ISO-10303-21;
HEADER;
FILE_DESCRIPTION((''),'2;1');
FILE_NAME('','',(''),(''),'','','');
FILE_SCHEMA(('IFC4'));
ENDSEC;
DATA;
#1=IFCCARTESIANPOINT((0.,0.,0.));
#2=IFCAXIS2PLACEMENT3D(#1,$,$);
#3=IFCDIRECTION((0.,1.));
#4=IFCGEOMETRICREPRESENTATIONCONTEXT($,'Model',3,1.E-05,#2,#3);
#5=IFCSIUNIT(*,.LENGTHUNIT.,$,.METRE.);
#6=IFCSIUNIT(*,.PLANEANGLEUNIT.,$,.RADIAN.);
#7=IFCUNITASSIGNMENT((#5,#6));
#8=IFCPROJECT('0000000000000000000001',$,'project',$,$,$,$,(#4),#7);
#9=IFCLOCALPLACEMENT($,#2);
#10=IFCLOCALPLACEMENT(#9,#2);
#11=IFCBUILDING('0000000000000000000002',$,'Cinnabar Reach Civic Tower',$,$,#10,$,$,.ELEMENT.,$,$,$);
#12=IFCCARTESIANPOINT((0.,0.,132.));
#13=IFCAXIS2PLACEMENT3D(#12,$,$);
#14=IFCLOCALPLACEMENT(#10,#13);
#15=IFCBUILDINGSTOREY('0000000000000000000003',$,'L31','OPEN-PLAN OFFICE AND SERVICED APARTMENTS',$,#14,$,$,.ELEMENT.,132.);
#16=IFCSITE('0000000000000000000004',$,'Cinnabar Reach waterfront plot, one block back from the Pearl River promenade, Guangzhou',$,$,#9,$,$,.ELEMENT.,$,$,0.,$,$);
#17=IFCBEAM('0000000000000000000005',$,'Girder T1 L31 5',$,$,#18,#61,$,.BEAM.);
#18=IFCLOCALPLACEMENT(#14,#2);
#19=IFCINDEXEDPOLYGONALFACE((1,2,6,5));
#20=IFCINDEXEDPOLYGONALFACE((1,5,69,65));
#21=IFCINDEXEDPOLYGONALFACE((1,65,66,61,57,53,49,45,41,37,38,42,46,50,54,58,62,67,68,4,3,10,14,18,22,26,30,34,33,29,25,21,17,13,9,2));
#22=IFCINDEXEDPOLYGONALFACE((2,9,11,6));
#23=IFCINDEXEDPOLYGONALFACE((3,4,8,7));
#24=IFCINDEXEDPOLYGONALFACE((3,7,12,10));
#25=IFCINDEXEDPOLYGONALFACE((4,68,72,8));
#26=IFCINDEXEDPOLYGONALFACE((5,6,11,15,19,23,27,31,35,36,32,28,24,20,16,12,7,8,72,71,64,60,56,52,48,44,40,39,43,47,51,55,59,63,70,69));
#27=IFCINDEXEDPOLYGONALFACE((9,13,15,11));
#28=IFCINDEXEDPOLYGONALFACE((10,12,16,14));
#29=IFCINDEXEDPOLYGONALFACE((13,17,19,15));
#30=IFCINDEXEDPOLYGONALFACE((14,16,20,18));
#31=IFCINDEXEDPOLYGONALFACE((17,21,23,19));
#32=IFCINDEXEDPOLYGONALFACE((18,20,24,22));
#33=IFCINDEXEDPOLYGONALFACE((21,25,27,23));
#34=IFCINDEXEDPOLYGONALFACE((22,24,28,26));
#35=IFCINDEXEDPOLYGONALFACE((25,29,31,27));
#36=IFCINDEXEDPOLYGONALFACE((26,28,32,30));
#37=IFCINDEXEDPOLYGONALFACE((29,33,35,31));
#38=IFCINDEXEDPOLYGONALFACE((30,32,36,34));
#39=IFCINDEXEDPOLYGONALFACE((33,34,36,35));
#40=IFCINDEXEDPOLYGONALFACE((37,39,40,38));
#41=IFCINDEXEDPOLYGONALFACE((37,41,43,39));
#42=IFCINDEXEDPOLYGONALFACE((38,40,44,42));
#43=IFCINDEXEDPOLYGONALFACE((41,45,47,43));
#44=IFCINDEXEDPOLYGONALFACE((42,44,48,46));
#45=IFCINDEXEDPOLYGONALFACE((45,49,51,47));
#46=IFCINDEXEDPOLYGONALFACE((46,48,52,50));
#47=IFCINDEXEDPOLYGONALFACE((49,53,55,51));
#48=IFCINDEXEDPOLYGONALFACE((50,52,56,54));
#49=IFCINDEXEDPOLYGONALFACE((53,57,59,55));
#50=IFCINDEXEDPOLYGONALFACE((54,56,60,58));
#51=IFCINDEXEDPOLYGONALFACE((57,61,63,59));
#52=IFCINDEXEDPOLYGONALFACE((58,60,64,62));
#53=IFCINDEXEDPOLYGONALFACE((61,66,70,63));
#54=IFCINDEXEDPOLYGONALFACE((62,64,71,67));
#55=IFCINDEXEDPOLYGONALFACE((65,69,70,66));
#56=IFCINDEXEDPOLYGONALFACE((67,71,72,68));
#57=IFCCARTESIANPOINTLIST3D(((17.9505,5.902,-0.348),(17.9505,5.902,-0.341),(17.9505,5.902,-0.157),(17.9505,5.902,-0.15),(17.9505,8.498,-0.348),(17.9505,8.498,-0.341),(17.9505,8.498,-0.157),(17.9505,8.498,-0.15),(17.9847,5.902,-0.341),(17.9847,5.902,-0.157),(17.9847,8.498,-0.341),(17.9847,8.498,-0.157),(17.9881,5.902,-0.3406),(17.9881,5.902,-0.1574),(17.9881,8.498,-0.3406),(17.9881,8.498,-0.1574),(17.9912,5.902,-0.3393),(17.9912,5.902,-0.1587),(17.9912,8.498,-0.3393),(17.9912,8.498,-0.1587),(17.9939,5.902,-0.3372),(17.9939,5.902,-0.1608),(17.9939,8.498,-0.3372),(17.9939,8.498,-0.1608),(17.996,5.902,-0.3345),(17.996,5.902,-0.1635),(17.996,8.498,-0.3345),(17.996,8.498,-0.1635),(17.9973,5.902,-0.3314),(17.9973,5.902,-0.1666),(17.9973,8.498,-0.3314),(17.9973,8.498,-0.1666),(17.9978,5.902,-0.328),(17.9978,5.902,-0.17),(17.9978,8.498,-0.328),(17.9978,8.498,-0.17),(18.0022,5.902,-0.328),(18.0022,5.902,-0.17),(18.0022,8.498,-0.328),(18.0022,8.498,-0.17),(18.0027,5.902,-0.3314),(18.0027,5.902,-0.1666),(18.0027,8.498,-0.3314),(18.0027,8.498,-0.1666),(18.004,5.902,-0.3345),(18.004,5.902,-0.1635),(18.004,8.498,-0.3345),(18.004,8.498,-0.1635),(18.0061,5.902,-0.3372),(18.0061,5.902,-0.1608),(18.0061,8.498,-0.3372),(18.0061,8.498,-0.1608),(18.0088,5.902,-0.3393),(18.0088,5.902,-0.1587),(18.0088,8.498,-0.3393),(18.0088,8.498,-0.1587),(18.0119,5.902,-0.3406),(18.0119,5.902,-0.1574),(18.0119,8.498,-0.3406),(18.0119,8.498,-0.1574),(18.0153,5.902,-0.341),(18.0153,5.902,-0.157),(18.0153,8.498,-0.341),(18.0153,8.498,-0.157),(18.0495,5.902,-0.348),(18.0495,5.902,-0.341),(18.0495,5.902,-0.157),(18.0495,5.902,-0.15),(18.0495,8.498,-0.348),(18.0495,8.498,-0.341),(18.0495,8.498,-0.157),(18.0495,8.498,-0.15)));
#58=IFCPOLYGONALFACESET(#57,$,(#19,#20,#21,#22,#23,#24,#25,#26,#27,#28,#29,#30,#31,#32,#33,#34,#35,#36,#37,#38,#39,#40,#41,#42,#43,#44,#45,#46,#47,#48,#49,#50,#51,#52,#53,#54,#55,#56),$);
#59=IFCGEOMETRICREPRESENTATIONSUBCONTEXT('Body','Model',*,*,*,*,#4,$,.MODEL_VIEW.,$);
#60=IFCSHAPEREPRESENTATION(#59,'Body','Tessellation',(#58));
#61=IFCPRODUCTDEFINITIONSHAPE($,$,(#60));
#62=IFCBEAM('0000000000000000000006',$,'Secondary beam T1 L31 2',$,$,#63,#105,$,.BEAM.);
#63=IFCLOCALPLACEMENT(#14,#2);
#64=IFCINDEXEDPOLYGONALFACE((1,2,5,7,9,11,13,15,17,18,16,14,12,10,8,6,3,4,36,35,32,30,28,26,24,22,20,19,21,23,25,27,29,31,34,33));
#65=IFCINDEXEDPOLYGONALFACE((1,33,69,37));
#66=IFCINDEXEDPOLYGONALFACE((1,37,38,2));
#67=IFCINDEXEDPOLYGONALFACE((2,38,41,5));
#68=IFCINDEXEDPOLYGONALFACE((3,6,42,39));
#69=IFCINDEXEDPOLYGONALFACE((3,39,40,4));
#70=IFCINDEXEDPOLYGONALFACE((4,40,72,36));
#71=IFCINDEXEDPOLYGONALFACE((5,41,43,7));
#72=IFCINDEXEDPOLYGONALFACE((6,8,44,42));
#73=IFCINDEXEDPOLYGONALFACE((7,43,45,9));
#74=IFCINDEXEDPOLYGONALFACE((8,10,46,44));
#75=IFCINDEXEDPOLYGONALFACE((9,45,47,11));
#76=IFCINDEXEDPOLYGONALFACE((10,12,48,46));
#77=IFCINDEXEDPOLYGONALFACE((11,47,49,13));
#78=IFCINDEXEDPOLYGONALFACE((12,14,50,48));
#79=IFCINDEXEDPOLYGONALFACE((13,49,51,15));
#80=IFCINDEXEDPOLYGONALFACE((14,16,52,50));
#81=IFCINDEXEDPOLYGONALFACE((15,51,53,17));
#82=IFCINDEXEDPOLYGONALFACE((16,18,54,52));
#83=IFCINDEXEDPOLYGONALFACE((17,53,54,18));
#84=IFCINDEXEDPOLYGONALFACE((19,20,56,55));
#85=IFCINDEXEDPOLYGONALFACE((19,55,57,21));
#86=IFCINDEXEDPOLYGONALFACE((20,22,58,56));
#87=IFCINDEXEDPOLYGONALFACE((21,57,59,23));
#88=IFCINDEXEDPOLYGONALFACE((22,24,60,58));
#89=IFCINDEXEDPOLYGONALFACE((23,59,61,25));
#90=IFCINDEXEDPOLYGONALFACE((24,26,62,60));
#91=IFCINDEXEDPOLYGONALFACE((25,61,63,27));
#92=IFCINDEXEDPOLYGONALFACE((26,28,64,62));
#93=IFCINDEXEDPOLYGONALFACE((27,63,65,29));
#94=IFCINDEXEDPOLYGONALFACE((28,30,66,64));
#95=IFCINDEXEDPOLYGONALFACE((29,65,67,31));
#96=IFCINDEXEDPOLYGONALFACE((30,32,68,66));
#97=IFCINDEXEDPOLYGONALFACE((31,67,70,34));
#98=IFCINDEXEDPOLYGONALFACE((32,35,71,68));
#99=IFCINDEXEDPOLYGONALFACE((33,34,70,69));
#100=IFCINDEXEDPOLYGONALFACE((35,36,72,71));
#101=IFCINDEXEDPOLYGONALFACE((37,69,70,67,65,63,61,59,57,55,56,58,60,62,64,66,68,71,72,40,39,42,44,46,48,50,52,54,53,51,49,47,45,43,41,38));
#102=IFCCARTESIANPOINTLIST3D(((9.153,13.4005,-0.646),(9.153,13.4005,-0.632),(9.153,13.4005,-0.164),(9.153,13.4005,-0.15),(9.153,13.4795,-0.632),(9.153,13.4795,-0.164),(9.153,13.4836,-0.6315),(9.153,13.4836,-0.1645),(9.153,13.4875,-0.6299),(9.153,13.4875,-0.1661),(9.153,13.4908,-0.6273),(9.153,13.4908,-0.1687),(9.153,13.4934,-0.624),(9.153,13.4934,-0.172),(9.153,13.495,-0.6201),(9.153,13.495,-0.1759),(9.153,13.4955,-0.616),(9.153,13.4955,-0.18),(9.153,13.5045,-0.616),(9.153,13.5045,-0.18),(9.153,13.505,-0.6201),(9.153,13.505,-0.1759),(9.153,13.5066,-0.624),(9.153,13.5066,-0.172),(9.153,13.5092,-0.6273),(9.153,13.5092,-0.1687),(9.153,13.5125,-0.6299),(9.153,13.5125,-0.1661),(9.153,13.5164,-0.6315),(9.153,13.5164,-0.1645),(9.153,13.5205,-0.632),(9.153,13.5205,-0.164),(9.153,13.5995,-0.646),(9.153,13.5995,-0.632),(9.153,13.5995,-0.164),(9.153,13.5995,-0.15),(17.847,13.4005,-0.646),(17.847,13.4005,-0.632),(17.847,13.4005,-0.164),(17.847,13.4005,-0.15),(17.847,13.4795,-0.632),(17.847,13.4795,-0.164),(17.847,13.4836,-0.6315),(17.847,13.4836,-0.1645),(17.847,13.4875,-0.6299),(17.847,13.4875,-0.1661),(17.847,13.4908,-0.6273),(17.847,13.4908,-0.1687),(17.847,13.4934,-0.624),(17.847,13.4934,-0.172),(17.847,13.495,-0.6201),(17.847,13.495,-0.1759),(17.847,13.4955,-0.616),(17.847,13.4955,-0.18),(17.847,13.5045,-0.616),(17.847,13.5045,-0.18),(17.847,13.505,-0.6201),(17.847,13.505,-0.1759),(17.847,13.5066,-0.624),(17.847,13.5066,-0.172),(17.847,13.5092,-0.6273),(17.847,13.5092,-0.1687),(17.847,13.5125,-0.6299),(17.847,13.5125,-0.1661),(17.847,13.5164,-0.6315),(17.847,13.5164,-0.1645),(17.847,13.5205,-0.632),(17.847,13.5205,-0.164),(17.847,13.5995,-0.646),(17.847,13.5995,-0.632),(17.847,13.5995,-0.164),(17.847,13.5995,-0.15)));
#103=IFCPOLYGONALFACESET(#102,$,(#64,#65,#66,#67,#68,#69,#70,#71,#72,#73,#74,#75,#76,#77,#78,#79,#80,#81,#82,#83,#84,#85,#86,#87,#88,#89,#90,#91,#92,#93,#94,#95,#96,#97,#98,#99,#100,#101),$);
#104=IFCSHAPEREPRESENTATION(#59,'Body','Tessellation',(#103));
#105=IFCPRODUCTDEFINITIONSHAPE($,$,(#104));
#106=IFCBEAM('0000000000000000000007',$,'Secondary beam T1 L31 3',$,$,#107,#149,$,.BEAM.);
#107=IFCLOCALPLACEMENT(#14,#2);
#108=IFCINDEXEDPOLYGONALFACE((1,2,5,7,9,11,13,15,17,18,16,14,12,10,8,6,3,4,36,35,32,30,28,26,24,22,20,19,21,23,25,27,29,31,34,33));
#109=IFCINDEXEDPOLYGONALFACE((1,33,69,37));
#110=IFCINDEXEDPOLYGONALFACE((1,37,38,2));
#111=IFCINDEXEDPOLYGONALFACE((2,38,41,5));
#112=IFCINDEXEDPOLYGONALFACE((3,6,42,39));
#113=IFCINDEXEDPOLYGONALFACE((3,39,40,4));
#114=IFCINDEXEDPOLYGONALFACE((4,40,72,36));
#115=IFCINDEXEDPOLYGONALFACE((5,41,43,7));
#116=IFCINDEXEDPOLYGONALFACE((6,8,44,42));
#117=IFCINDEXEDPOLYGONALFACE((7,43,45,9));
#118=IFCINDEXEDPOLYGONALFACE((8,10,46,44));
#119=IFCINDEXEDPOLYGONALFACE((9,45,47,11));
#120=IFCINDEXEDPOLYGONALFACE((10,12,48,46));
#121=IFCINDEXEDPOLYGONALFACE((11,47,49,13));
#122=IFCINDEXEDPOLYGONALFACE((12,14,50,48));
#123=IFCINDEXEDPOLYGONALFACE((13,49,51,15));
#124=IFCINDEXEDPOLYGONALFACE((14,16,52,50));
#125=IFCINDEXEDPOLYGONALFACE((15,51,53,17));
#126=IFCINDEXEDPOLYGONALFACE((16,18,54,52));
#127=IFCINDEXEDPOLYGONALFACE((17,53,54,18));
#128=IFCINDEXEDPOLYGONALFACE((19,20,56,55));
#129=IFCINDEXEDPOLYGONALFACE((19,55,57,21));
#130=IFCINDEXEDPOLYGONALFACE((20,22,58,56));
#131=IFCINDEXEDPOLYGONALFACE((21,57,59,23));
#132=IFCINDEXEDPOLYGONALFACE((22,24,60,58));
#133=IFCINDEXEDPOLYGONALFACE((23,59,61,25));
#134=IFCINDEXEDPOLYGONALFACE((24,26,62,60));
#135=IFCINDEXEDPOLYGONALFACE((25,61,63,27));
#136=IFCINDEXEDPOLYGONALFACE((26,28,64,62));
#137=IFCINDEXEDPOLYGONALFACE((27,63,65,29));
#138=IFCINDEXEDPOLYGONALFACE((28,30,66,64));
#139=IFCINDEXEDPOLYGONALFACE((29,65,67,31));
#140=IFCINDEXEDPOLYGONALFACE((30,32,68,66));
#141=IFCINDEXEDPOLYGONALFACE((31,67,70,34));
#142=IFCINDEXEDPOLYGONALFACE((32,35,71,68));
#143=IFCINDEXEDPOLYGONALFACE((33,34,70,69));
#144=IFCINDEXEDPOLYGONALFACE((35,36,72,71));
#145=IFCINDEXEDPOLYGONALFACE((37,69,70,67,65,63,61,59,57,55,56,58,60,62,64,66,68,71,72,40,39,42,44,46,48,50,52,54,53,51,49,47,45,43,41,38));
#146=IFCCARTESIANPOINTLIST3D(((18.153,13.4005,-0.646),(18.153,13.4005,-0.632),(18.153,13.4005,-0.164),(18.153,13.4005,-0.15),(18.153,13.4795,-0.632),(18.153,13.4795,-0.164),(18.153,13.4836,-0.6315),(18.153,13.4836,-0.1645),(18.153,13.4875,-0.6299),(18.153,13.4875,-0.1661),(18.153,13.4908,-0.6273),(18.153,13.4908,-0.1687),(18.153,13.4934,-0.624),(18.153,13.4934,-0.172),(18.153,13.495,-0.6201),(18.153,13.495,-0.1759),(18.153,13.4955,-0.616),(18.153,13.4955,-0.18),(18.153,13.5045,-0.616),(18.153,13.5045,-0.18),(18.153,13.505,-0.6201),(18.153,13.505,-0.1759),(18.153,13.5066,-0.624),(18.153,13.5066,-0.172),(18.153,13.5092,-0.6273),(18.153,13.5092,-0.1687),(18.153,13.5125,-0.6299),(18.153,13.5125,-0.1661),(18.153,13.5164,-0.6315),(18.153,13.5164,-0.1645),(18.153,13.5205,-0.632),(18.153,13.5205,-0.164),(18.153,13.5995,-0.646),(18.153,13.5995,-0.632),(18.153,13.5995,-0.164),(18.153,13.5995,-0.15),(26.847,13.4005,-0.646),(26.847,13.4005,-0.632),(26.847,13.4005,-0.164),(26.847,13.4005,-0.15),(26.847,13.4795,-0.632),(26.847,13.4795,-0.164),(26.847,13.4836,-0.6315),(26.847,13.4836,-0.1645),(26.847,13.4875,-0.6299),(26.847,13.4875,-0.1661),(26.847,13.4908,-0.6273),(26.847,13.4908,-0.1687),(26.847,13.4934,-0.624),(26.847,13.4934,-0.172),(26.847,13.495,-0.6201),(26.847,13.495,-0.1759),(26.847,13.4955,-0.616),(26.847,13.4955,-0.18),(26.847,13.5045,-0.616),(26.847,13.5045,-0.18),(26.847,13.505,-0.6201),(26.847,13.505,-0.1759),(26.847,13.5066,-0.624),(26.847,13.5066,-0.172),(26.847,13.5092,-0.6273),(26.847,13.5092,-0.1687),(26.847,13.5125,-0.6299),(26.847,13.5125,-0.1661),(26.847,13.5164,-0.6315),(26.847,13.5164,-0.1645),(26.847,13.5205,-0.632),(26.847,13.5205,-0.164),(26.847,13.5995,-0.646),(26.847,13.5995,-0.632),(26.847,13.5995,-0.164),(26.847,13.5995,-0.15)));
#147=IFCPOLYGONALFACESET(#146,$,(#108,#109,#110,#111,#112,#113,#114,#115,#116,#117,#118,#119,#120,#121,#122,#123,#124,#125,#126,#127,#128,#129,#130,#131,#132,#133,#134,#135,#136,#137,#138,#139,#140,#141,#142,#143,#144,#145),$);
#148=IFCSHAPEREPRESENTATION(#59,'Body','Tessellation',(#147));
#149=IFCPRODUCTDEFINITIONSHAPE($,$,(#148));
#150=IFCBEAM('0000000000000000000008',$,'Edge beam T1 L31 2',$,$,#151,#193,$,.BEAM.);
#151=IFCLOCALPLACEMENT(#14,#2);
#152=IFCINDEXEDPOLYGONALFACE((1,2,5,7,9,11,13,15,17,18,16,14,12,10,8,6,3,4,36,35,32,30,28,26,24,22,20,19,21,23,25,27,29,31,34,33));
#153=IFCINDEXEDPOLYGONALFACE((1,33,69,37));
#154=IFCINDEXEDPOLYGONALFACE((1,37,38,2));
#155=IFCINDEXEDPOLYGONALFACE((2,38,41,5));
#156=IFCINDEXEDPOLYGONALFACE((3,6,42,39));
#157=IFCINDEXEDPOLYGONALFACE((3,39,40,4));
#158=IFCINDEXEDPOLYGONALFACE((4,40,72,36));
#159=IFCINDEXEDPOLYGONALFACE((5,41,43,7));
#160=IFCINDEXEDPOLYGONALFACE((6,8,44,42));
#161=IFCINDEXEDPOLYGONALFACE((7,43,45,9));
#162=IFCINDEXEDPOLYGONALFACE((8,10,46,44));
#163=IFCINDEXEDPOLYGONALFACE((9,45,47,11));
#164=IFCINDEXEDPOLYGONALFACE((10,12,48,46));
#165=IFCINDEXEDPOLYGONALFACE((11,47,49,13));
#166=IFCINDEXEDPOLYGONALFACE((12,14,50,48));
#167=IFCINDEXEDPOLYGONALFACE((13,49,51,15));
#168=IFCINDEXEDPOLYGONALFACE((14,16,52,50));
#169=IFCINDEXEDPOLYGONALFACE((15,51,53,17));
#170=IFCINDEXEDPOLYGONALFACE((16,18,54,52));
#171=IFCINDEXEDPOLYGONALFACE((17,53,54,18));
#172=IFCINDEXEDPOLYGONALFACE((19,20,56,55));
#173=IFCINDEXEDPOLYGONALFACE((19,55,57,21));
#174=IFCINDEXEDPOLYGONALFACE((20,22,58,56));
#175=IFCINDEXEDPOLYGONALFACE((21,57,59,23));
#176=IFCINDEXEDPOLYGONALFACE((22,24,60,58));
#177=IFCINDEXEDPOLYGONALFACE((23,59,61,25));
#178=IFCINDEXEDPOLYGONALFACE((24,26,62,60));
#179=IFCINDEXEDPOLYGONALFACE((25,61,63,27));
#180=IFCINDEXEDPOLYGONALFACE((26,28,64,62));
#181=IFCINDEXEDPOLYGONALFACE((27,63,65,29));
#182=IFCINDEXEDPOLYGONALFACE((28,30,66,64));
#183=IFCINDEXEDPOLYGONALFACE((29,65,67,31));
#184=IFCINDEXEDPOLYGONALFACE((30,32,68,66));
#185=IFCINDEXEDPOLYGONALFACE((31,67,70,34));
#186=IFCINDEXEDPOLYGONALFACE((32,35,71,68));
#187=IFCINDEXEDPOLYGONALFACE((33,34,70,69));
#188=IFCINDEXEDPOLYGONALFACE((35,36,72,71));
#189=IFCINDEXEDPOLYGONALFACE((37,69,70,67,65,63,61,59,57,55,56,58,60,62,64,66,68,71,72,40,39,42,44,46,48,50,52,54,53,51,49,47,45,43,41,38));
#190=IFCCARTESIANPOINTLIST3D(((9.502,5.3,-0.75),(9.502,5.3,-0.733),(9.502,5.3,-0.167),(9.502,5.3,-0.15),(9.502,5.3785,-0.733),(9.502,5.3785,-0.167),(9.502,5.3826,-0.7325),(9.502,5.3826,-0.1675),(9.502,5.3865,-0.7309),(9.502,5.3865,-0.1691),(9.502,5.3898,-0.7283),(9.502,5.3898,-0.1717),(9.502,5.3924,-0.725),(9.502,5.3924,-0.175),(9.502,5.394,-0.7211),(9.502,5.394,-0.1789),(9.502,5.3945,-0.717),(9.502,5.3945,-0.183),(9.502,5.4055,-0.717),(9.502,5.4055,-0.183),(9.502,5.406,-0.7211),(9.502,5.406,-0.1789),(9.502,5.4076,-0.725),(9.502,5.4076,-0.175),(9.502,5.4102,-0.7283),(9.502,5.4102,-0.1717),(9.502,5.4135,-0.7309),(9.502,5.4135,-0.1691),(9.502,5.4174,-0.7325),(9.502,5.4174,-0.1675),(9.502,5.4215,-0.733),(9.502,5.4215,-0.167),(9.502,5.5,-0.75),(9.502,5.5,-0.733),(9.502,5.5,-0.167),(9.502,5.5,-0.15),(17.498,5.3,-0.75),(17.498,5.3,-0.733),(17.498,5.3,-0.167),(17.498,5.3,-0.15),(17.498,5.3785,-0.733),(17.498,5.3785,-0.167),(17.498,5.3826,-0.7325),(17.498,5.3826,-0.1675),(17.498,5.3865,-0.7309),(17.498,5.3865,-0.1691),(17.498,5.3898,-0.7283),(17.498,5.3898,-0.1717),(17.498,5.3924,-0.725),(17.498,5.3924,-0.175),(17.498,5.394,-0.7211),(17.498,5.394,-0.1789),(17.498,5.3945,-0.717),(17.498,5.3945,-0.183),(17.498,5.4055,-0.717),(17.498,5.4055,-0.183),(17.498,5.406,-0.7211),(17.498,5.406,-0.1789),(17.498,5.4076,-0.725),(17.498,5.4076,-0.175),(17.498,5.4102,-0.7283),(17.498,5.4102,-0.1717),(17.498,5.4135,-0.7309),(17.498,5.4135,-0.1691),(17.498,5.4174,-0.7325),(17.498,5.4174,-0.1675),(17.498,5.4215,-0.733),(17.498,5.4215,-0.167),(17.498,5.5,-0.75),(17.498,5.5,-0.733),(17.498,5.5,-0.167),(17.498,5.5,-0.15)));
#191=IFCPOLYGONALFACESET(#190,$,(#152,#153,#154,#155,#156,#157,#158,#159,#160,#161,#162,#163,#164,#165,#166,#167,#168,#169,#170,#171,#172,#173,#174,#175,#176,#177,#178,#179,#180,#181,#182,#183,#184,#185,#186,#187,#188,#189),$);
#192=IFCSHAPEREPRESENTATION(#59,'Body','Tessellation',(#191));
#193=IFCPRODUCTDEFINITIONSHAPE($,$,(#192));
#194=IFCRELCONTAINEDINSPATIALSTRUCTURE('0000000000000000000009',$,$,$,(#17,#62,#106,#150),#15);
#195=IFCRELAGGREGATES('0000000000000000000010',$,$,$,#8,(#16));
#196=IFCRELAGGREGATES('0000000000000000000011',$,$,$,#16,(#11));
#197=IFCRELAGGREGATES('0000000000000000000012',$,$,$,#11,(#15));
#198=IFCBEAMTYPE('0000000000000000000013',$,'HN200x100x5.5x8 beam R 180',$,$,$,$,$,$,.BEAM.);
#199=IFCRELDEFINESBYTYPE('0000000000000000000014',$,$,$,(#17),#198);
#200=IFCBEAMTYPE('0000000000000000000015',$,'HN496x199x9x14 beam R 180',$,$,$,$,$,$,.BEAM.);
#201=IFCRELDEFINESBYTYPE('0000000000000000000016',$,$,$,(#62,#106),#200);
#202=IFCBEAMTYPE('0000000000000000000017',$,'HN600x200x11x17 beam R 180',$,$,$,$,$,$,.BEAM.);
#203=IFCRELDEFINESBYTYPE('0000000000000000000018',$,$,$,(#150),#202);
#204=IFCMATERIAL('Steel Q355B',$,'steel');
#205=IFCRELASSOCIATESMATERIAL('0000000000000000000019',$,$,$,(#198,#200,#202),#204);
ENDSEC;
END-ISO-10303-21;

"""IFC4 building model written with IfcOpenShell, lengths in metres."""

from ifc_helpers import new_model, si_unit, direction, frame, origin, origin_2d, place, context, subcontext, project, spatial, i_section, extrude, material, material_profile, profile_set, type_object, element, save


model = new_model("IFC4")

# Units and contexts
model_context = context("Model", 3, precision=1e-05, world=origin(), true_north=direction((0.0, 1.0)))
body_context = subcontext(model_context, "Body", "Model", "MODEL_VIEW")
ifc_project = project(units=[si_unit("LENGTHUNIT", "METRE"), si_unit("PLANEANGLEUNIT", "RADIAN")], contexts=[model_context])

# Site, building, storey
site_placement = place(None, origin())
site = spatial("IfcSite", under=ifc_project, at=site_placement, Name="Cinnabar Reach waterfront plot, one block back from the Pearl River promenade, Guangzhou", CompositionType="ELEMENT", RefElevation=0.0)
building_placement = place(site_placement, origin())
building = spatial("IfcBuilding", under=site, at=building_placement, Name="Cinnabar Reach Civic Tower", CompositionType="ELEMENT")
storey_placement = place(building_placement, frame((0.0, 0.0, 132.0)))
storey = spatial("IfcBuildingStorey", under=building, at=storey_placement, Name="L31", Description="OPEN-PLAN OFFICE AND SERVICED APARTMENTS", CompositionType="ELEMENT", Elevation=132.0)

# Beams
ifc_material_1 = material(Name="Steel Q355B", Category="steel")
ifc_material_profile_1 = material_profile(ifc_material_1, i_section(OverallWidth=0.099, OverallDepth=0.198, WebThickness=0.0045, FlangeThickness=0.007, FilletRadius=0.013, at=origin_2d()), Name="HN200x100x5.5x8")
ifc_profile_set_1 = profile_set([ifc_material_profile_1], Name="Steel Q355B")
beam_type_1 = type_object("IfcBeamType", Name="HN200x100x5.5x8 beam R 180", PredefinedType="BEAM", material=ifc_profile_set_1)
for number, where, z_axis, x_axis, name in (
    (1, (18.0, 5.902, -0.249), (0.0, 1.0, 0.0), (-1.0, 0.0, 0.0), "Girder T1 L31 5"),
):
    element("IfcBeam", number, at=place(storey_placement, frame(where, z_axis=z_axis, x_axis=x_axis)), inside=storey, type_object=beam_type_1, Name=name, PredefinedType="BEAM", context=body_context, shape_type="SweptSolid", body=[
        extrude(i_section(OverallWidth=0.099, OverallDepth=0.198, WebThickness=0.0045, FlangeThickness=0.007, FilletRadius=0.013, at=origin_2d()), origin(), (0.0, 0.0, 1.0), 2.596),
    ])
ifc_material_profile_2 = material_profile(ifc_material_1, i_section(OverallWidth=0.199, OverallDepth=0.496, WebThickness=0.009, FlangeThickness=0.014, FilletRadius=0.016, at=origin_2d()), Name="HN496x199x9x14")
ifc_profile_set_2 = profile_set([ifc_material_profile_2], Name="Steel Q355B")
beam_type_2 = type_object("IfcBeamType", Name="HN496x199x9x14 beam R 180", PredefinedType="BEAM", material=ifc_profile_set_2)
for number, where, z_axis, x_axis, name in (
    (2, (9.153, 13.5, -0.398), (1.0, 0.0, 0.0), (0.0, 1.0, 0.0), "Secondary beam T1 L31 2"),
    (3, (18.153, 13.5, -0.398), (1.0, 0.0, 0.0), (0.0, 1.0, 0.0), "Secondary beam T1 L31 3"),
):
    element("IfcBeam", number, at=place(storey_placement, frame(where, z_axis=z_axis, x_axis=x_axis)), inside=storey, type_object=beam_type_2, Name=name, PredefinedType="BEAM", context=body_context, shape_type="SweptSolid", body=[
        extrude(i_section(OverallWidth=0.199, OverallDepth=0.496, WebThickness=0.009, FlangeThickness=0.014, FilletRadius=0.016, at=origin_2d()), origin(), (0.0, 0.0, 1.0), 8.694),
    ])
ifc_material_profile_3 = material_profile(ifc_material_1, i_section(OverallWidth=0.2, OverallDepth=0.6, WebThickness=0.011, FlangeThickness=0.017, FilletRadius=0.016, at=origin_2d()), Name="HN600x200x11x17")
ifc_profile_set_3 = profile_set([ifc_material_profile_3], Name="Steel Q355B")
beam_type_3 = type_object("IfcBeamType", Name="HN600x200x11x17 beam R 180", PredefinedType="BEAM", material=ifc_profile_set_3)
for number, where, z_axis, x_axis, name in (
    (4, (9.502, 5.4, -0.45), (1.0, 0.0, 0.0), (0.0, 1.0, 0.0), "Edge beam T1 L31 2"),
):
    element("IfcBeam", number, at=place(storey_placement, frame(where, z_axis=z_axis, x_axis=x_axis)), inside=storey, type_object=beam_type_3, Name=name, PredefinedType="BEAM", context=body_context, shape_type="SweptSolid", body=[
        extrude(i_section(OverallWidth=0.2, OverallDepth=0.6, WebThickness=0.011, FlangeThickness=0.017, FilletRadius=0.016, at=origin_2d()), origin(), (0.0, 0.0, 1.0), 7.996),
    ])

save(model, "model.ifc")
